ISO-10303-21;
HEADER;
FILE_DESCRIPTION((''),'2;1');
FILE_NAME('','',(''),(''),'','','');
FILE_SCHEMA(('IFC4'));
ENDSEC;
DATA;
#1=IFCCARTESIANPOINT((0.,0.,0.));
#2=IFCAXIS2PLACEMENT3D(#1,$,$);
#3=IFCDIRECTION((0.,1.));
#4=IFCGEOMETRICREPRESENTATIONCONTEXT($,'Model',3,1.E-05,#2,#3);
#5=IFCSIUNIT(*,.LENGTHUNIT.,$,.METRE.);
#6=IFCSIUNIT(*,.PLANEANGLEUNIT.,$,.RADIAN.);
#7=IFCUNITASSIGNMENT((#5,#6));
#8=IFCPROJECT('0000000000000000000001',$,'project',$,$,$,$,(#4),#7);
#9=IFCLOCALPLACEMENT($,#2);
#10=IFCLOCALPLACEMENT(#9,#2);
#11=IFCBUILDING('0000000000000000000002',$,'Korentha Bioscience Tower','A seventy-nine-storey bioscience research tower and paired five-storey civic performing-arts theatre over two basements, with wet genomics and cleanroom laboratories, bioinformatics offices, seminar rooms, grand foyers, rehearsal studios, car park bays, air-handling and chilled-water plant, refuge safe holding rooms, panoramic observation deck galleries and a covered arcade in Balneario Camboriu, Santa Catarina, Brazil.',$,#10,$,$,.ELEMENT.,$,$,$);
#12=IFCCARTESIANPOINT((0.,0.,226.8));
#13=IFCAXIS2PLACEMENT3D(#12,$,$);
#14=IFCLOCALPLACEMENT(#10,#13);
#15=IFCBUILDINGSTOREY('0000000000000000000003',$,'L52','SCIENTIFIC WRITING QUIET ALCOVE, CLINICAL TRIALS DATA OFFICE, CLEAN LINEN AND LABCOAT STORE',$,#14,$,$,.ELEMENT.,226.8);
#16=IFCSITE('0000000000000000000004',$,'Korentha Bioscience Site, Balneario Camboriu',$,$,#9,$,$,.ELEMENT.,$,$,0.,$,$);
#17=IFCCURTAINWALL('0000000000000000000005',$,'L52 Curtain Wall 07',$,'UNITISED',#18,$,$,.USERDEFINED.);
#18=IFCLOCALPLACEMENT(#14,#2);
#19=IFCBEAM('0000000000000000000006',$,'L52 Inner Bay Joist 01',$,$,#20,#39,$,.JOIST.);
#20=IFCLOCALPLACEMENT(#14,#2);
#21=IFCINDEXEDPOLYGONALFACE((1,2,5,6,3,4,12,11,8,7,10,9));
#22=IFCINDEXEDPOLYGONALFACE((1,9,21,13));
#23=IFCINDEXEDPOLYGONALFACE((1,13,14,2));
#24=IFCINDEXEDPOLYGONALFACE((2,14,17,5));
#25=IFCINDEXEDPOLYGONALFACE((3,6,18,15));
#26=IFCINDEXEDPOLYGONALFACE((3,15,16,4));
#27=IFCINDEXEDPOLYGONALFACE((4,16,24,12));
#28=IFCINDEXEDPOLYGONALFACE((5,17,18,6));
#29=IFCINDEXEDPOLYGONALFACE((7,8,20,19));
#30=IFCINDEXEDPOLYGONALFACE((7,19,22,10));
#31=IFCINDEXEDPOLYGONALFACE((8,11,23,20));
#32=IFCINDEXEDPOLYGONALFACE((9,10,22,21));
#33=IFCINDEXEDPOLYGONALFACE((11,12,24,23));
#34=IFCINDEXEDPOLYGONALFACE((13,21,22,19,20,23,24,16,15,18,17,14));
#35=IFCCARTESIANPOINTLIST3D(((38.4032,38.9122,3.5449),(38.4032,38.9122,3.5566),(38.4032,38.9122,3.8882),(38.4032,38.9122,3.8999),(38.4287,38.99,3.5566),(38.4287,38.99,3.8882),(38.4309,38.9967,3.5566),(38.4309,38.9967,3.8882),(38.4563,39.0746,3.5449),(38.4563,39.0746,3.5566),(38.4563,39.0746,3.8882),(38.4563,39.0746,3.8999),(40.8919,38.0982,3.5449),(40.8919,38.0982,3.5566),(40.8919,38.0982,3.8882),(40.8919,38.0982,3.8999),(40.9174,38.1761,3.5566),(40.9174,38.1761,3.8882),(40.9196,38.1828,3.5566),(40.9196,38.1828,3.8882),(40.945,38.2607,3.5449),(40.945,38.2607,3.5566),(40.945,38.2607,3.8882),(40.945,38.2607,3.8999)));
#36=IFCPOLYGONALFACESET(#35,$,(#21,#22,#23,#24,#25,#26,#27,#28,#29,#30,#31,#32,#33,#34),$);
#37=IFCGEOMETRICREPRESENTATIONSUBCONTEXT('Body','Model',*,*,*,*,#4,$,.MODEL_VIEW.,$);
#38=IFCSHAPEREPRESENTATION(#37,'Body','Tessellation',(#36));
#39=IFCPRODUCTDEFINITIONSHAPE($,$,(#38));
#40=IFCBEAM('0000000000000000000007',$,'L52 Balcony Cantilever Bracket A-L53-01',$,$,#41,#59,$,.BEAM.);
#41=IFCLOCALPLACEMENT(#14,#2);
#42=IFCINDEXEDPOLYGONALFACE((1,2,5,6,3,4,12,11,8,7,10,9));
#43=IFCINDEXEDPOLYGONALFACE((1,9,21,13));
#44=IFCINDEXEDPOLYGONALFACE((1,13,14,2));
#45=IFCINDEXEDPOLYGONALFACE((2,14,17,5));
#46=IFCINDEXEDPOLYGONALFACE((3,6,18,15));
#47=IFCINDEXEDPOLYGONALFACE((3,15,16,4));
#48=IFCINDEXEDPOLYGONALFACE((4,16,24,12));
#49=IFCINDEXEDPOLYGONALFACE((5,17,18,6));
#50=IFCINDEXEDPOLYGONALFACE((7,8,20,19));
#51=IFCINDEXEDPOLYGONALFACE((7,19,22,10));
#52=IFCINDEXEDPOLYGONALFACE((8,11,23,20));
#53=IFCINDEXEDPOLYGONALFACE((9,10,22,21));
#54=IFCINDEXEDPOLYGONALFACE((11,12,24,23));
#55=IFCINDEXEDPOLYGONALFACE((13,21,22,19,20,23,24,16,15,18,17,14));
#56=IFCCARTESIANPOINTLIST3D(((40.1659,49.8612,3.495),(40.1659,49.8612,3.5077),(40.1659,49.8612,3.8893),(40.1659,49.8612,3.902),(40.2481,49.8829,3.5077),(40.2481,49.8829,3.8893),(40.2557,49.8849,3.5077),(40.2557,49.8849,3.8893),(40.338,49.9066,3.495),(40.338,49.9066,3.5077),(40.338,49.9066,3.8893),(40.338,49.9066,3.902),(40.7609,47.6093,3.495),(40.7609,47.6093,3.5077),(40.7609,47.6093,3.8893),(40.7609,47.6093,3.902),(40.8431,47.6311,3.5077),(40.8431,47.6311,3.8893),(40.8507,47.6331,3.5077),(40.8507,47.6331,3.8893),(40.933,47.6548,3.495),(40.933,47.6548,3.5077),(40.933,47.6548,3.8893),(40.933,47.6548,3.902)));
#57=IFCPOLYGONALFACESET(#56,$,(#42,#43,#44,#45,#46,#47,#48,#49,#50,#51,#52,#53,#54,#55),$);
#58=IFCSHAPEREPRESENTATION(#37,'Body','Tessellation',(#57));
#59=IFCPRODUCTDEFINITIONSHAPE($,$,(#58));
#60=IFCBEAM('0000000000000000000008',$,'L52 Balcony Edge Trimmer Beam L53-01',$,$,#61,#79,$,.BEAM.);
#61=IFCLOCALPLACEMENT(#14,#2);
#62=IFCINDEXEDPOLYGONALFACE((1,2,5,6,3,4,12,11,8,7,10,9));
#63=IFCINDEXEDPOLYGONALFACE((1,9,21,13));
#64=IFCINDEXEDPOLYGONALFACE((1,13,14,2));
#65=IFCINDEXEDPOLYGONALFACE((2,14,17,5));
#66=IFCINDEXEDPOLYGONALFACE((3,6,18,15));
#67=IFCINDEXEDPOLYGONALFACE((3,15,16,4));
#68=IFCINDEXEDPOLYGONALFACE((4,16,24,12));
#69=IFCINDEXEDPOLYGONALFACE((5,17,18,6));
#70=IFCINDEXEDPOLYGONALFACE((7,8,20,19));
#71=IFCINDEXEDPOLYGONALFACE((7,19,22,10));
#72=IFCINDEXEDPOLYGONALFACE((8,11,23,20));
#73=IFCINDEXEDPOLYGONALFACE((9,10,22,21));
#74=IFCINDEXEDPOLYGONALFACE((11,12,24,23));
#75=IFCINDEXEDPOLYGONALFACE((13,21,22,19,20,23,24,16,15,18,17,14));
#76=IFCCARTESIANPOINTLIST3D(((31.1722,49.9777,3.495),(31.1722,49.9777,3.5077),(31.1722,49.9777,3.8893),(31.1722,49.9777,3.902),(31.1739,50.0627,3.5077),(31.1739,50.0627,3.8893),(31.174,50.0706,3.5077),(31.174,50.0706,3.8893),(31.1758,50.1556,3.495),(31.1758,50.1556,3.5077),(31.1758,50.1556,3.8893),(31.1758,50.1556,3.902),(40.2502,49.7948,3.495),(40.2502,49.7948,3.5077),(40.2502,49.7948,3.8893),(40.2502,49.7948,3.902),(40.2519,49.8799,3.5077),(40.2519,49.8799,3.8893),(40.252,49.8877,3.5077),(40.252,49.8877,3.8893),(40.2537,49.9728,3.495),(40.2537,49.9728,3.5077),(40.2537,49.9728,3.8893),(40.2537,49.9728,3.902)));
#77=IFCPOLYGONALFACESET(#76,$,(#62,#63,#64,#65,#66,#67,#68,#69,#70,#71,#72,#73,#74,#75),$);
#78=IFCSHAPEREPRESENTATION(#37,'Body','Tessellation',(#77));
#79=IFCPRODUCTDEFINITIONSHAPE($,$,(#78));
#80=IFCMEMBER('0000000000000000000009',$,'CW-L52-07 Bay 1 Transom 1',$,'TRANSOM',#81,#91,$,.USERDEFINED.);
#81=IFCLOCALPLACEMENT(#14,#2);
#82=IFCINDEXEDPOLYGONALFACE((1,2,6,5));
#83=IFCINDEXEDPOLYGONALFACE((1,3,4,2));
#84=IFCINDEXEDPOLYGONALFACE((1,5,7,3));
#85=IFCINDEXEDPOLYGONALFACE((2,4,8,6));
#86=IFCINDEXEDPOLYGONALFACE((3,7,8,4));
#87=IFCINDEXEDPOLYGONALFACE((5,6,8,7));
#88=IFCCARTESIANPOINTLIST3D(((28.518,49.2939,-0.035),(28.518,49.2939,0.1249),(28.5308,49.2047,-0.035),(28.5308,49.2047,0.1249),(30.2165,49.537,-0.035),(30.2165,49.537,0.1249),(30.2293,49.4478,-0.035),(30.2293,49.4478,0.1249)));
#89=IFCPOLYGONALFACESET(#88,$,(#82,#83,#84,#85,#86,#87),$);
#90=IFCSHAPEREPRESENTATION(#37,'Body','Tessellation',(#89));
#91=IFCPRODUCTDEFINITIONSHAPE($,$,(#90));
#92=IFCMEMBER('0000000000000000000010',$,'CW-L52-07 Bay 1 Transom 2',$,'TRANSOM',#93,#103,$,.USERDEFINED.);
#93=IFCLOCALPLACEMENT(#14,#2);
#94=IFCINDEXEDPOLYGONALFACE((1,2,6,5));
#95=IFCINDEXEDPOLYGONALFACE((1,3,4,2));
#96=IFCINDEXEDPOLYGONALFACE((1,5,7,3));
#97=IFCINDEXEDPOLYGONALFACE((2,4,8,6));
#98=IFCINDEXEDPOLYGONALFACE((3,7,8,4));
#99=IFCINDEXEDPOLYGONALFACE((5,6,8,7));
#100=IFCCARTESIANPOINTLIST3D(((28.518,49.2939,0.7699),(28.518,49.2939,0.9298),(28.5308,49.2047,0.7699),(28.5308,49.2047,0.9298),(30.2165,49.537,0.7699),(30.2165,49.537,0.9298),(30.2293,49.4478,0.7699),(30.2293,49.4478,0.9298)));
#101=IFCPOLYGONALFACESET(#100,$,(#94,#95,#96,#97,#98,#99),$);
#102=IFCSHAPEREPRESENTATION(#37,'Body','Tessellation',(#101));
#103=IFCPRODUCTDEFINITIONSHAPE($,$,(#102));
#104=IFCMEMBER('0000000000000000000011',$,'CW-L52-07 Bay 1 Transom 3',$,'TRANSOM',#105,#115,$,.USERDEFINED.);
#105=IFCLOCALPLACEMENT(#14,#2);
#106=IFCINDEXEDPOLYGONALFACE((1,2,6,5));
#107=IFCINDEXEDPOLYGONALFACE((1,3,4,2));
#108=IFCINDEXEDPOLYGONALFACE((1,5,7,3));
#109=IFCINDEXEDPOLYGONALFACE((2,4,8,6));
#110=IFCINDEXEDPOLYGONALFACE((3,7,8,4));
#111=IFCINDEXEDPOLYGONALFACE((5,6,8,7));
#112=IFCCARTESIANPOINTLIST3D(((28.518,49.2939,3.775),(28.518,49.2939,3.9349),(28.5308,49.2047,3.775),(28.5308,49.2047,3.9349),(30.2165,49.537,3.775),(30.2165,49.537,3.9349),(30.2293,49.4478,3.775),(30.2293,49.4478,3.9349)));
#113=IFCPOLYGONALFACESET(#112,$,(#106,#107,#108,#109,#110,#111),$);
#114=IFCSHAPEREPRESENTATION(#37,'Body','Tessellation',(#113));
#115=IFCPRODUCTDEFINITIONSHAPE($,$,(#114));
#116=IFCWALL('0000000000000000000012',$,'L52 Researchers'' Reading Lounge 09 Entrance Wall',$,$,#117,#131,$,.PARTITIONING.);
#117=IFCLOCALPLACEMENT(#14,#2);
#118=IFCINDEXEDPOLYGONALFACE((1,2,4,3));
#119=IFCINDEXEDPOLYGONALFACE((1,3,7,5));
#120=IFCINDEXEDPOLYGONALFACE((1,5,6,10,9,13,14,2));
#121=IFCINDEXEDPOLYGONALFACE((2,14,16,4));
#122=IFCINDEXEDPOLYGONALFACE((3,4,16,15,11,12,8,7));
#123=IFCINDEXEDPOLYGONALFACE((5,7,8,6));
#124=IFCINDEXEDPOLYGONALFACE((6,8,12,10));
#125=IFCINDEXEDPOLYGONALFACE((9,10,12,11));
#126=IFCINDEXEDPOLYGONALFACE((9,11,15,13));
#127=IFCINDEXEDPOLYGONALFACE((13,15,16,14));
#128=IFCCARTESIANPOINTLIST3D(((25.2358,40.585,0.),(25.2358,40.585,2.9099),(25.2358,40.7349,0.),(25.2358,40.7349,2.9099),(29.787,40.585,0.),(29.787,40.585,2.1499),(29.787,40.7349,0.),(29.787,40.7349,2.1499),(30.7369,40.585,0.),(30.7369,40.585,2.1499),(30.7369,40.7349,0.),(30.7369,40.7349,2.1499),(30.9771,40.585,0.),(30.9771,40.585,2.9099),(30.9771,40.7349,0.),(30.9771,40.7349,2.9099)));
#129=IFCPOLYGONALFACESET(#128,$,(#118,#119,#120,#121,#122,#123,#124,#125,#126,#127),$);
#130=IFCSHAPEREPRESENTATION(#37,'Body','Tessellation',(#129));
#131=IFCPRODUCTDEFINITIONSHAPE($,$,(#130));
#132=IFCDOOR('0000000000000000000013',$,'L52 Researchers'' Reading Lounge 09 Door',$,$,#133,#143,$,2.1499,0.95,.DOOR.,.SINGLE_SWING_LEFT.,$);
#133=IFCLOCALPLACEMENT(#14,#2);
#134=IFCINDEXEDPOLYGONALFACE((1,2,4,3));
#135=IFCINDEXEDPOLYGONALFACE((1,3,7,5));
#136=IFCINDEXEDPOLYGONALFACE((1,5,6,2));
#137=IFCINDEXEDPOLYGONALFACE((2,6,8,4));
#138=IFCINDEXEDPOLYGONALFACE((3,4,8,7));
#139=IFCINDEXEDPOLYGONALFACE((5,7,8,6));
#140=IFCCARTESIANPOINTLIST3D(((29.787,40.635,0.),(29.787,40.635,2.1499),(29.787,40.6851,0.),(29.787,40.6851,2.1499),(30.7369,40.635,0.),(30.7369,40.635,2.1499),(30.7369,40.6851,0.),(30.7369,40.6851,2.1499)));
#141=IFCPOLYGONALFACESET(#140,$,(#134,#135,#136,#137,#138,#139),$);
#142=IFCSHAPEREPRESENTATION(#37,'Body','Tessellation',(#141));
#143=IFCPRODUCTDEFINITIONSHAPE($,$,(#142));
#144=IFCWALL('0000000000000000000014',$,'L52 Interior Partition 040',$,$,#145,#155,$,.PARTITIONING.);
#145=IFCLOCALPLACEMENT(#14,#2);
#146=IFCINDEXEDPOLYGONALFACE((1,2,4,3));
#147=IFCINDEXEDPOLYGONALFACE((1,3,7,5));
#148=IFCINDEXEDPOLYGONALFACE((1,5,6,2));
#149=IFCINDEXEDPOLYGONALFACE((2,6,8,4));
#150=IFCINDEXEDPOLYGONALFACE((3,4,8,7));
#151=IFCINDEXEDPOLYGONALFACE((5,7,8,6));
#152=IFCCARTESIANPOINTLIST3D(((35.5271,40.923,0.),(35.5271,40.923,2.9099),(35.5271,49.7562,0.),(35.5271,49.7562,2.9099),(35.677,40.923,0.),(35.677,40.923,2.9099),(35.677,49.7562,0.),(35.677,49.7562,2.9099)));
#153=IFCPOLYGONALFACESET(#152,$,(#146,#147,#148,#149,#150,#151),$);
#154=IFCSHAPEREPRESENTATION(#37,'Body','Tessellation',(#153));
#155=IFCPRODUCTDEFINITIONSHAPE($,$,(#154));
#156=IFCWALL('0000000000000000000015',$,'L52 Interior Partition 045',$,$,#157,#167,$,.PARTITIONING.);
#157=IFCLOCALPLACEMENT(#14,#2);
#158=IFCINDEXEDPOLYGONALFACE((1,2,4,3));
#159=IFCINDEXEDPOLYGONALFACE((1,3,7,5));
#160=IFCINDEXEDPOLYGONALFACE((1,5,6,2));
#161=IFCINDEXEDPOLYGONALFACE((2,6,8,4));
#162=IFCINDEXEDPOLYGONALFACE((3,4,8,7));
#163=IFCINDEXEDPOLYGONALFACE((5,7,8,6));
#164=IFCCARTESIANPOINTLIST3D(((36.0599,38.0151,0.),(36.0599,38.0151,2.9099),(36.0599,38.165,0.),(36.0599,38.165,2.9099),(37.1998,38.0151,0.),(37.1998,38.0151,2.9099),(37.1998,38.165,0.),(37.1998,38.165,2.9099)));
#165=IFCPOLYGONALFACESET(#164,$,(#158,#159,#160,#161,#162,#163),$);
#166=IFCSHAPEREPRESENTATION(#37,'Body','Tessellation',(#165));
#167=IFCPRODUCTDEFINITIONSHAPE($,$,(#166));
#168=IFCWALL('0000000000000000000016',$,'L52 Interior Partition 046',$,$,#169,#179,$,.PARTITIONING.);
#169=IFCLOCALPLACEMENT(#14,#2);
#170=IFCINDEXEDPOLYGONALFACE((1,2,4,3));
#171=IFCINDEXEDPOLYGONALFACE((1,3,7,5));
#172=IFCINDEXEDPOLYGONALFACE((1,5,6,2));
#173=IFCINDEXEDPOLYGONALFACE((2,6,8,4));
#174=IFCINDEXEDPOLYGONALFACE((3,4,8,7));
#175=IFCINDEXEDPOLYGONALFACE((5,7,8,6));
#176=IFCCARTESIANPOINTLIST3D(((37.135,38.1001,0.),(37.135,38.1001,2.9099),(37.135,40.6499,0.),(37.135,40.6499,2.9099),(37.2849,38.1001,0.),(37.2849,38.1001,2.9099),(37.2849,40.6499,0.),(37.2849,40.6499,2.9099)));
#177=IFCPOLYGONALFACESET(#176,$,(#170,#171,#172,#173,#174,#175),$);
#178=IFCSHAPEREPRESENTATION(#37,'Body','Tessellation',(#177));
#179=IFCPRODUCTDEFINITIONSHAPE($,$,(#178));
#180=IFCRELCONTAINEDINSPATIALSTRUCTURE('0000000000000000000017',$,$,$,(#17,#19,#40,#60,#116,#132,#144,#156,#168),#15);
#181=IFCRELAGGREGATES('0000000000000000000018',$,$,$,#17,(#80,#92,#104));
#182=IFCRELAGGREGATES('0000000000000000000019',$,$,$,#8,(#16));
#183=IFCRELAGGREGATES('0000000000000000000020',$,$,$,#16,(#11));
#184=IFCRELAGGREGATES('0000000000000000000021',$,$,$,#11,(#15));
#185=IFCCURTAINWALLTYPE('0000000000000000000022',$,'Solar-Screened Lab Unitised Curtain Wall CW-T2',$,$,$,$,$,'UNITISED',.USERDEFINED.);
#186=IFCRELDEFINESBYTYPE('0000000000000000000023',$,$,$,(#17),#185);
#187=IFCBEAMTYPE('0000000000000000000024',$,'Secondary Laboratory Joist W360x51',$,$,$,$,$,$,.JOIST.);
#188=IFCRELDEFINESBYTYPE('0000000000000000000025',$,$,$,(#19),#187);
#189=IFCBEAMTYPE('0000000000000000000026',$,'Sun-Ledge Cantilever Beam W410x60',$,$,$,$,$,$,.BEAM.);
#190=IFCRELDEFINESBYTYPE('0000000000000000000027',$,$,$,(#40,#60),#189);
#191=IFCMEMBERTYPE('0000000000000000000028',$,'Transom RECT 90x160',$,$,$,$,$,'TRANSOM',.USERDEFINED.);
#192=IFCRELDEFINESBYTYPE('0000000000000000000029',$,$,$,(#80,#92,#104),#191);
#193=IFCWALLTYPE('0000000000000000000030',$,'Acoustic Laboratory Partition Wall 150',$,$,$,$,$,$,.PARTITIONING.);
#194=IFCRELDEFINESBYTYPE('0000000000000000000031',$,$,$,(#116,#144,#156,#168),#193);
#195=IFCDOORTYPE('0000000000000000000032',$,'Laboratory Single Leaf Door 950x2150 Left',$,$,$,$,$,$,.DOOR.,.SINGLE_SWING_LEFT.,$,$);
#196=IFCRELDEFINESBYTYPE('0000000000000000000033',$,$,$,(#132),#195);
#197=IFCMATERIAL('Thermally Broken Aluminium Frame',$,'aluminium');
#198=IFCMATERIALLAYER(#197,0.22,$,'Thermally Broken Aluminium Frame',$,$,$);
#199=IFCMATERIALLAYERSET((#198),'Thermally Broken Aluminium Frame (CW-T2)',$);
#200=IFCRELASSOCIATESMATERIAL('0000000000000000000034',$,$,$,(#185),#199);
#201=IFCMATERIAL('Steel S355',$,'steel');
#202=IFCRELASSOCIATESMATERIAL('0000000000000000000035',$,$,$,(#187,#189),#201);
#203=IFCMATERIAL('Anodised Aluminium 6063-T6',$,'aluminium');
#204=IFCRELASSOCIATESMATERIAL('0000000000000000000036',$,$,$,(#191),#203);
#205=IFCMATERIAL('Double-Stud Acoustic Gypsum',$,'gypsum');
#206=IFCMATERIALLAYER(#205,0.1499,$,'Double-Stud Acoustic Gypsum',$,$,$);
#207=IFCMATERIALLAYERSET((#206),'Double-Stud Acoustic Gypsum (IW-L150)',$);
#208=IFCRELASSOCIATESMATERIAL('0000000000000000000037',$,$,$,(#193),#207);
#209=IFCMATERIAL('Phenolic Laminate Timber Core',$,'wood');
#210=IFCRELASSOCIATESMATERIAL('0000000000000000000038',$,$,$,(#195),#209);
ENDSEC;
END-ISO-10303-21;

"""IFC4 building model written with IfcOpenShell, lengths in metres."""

from ifc_helpers import new_model, si_unit, direction, frame, frame_2d, origin, origin_2d, place, context, subcontext, project, spatial, rectangle, i_section, extrude, material, layer, layer_set, material_profile, profile_set, type_object, element, fill, aggregate, save


model = new_model("IFC4")

# Units and contexts
model_context = context("Model", 3, precision=1e-05, world=origin(), true_north=direction((0.0, 1.0)))
body_context = subcontext(model_context, "Body", "Model", "MODEL_VIEW")
ifc_project = project(units=[si_unit("LENGTHUNIT", "METRE"), si_unit("PLANEANGLEUNIT", "RADIAN")], contexts=[model_context])

# Site, building, storey
site_placement = place(None, origin())
site = spatial("IfcSite", under=ifc_project, at=site_placement, Name="Korentha Bioscience Site, Balneario Camboriu", CompositionType="ELEMENT", RefElevation=0.0)
building_placement = place(site_placement, origin())
building = spatial("IfcBuilding", under=site, at=building_placement, Name="Korentha Bioscience Tower", Description="A seventy-nine-storey bioscience research tower and paired five-storey civic performing-arts theatre over two basements, with wet genomics and cleanroom laboratories, bioinformatics offices, seminar rooms, grand foyers, rehearsal studios, car park bays, air-handling and chilled-water plant, refuge safe holding rooms, panoramic observation deck galleries and a covered arcade in Balneario Camboriu, Santa Catarina, Brazil.", CompositionType="ELEMENT")
storey_placement = place(building_placement, frame((0.0, 0.0, 226.8)))
storey = spatial("IfcBuildingStorey", under=building, at=storey_placement, Name="L52", Description="SCIENTIFIC WRITING QUIET ALCOVE, CLINICAL TRIALS DATA OFFICE, CLEAN LINEN AND LABCOAT STORE", CompositionType="ELEMENT", Elevation=226.8)

# Shared definitions
ifc_material_1 = material(Name="Steel S355", Category="steel")

# Curtain wall
ifc_material_2 = material(Name="Thermally Broken Aluminium Frame", Category="aluminium")
ifc_layer_1 = layer(ifc_material_2, 0.22, Name="Thermally Broken Aluminium Frame")
ifc_layer_set_1 = layer_set([ifc_layer_1], Name="Thermally Broken Aluminium Frame (CW-T2)")
curtain_wall_type = type_object("IfcCurtainWallType", Name="Solar-Screened Lab Unitised Curtain Wall CW-T2", ElementType="UNITISED", PredefinedType="USERDEFINED", material=ifc_layer_set_1)
curtain_wall_placement = place(storey_placement, origin())
curtain_wall = element("IfcCurtainWall", 1, at=curtain_wall_placement, inside=storey, type_object=curtain_wall_type, Name="L52 Curtain Wall 07", ObjectType="UNITISED", PredefinedType="USERDEFINED")
ifc_material_3 = material(Name="Anodised Aluminium 6063-T6", Category="aluminium")

# Beams
ifc_material_profile_1 = material_profile(ifc_material_1, i_section(OverallWidth=0.1709, OverallDepth=0.355, WebThickness=0.0071, FlangeThickness=0.0117, at=origin_2d()), Name="Steel S355")
ifc_profile_set_1 = profile_set([ifc_material_profile_1], Name="Steel S355 (JB-360)")
beam_type_1 = type_object("IfcBeamType", Name="Secondary Laboratory Joist W360x51", PredefinedType="JOIST", material=ifc_profile_set_1)
beam_1_placement = place(storey_placement, frame((40.9185, 38.1794, 3.7224), z_axis=(-0.950458, 0.310852, 0.0), x_axis=(-0.310852, -0.950458, 0.0)))
element("IfcBeam", 2, at=beam_1_placement, inside=storey, type_object=beam_type_1, Name="L52 Inner Bay Joist 01", PredefinedType="JOIST", context=body_context, shape_type="SweptSolid", body=[
    extrude(i_section(OverallWidth=0.1709, OverallDepth=0.355, WebThickness=0.0071, FlangeThickness=0.0117, at=origin_2d()), origin(), (0.0, 0.0, 1.0), 2.6184),
])
ifc_material_profile_2 = material_profile(ifc_material_1, i_section(OverallWidth=0.178, OverallDepth=0.407, WebThickness=0.0078, FlangeThickness=0.0127, at=origin_2d()), Name="Steel S355")
ifc_profile_set_2 = profile_set([ifc_material_profile_2], Name="Steel S355 (CB-410)")
beam_type_2 = type_object("IfcBeamType", Name="Sun-Ledge Cantilever Beam W410x60", PredefinedType="BEAM", material=ifc_profile_set_2)
beam_2_placement = place(storey_placement, frame((40.8469, 47.6321, 3.6985), z_axis=(-0.255463, 0.966819, 0.0), x_axis=(-0.966819, -0.255463, 0.0)))
element("IfcBeam", 3, at=beam_2_placement, inside=storey, type_object=beam_type_2, Name="L52 Balcony Cantilever Bracket A-L53-01", PredefinedType="BEAM", context=body_context, shape_type="SweptSolid", body=[
    extrude(i_section(OverallWidth=0.178, OverallDepth=0.407, WebThickness=0.0078, FlangeThickness=0.0127, at=origin_2d()), origin(), (0.0, 0.0, 1.0), 2.3291),
])
beam_3_placement = place(storey_placement, frame((40.252, 49.8838, 3.6985), z_axis=(-0.999797, 0.02014, 0.0), x_axis=(-0.02014, -0.999797, 0.0)))
element("IfcBeam", 4, at=beam_3_placement, inside=storey, type_object=beam_type_2, Name="L52 Balcony Edge Trimmer Beam L53-01", PredefinedType="BEAM", context=body_context, shape_type="SweptSolid", body=[
    extrude(i_section(OverallWidth=0.178, OverallDepth=0.407, WebThickness=0.0078, FlangeThickness=0.0127, at=origin_2d()), origin(), (0.0, 0.0, 1.0), 9.0798),
])

# Members
ifc_material_profile_3 = material_profile(ifc_material_3, rectangle(XDim=0.0901, YDim=0.1599, at=origin_2d()), Name="Anodised Aluminium 6063-T6")
ifc_profile_set_3 = profile_set([ifc_material_profile_3], Name="Anodised Aluminium 6063-T6 (CW-TRN)")
member_type_1 = type_object("IfcMemberType", Name="Transom RECT 90x160", ElementType="TRANSOM", PredefinedType="USERDEFINED", material=ifc_profile_set_3)
member_1_placement = place(storey_placement, frame((30.2229, 49.4924, 0.0449), z_axis=(-0.989907, -0.14172, 0.0), x_axis=(0.14172, -0.989907, 0.0)))
member_1 = element("IfcMember", 5, at=member_1_placement, type_object=member_type_1, Name="CW-L52-07 Bay 1 Transom 1", ObjectType="TRANSOM", PredefinedType="USERDEFINED", context=body_context, shape_type="SweptSolid", body=[
    extrude(rectangle(XDim=0.0901, YDim=0.1599, at=origin_2d()), origin(), (0.0, 0.0, 1.0), 1.7158),
])
member_2_placement = place(storey_placement, frame((30.2229, 49.4924, 0.8499), z_axis=(-0.989907, -0.14172, 0.0), x_axis=(0.14172, -0.989907, 0.0)))
member_2 = element("IfcMember", 6, at=member_2_placement, type_object=member_type_1, Name="CW-L52-07 Bay 1 Transom 2", ObjectType="TRANSOM", PredefinedType="USERDEFINED", context=body_context, shape_type="SweptSolid", body=[
    extrude(rectangle(XDim=0.0901, YDim=0.1599, at=origin_2d()), origin(), (0.0, 0.0, 1.0), 1.7158),
])
member_3_placement = place(storey_placement, frame((30.2229, 49.4924, 3.855), z_axis=(-0.989907, -0.14172, 0.0), x_axis=(0.14172, -0.989907, 0.0)))
member_3 = element("IfcMember", 7, at=member_3_placement, type_object=member_type_1, Name="CW-L52-07 Bay 1 Transom 3", ObjectType="TRANSOM", PredefinedType="USERDEFINED", context=body_context, shape_type="SweptSolid", body=[
    extrude(rectangle(XDim=0.0901, YDim=0.1599, at=origin_2d()), origin(), (0.0, 0.0, 1.0), 1.7158),
])
aggregate(curtain_wall, [member_1, member_2, member_3])

# Wall, opening, door
ifc_material_4 = material(Name="Double-Stud Acoustic Gypsum", Category="gypsum")
ifc_layer_2 = layer(ifc_material_4, 0.1499, Name="Double-Stud Acoustic Gypsum")
ifc_layer_set_2 = layer_set([ifc_layer_2], Name="Double-Stud Acoustic Gypsum (IW-L150)")
wall_type_1 = type_object("IfcWallType", Name="Acoustic Laboratory Partition Wall 150", PredefinedType="PARTITIONING", material=ifc_layer_set_2)
ifc_material_5 = material(Name="Phenolic Laminate Timber Core", Category="wood")
door_type_1 = type_object("IfcDoorType", Name="Laboratory Single Leaf Door 950x2150 Left", OperationType="SINGLE_SWING_LEFT", PredefinedType="DOOR", material=ifc_material_5)
wall_1_placement = place(storey_placement, frame((30.9771, 40.6599, 0.0), z_axis=(0.0, 0.0, 1.0), x_axis=(-1.0, 0.0, 0.0)))
wall_1 = element("IfcWall", 8, at=wall_1_placement, inside=storey, type_object=wall_type_1, Name="L52 Researchers' Reading Lounge 09 Entrance Wall", PredefinedType="PARTITIONING", context=body_context, shape_type="SweptSolid", body=[
    extrude(rectangle(XDim=5.7412, YDim=0.1499, at=frame_2d((2.8706, 0.0))), origin(), (0.0, 0.0, 1.0), 2.9099),
])
opening_1_placement = place(wall_1_placement, frame((0.24, 0.0, 0.0)))
opening_1 = element("IfcOpeningElement", 9, at=opening_1_placement, cuts=wall_1, PredefinedType="OPENING", context=body_context, shape_type="SweptSolid", body=[
    extrude(rectangle(XDim=0.95, YDim=2.1499, at=frame_2d((0.4751, 1.075))), frame((0.0, 0.0898, 0.0), z_axis=(0.0, -1.0, 0.0), x_axis=(1.0, 0.0, 0.0)), (0.0, 0.0, 1.0), 0.1797),
])
door_1_placement = place(opening_1_placement, origin())
door_1 = element("IfcDoor", 10, at=door_1_placement, inside=storey, type_object=door_type_1, Name="L52 Researchers' Reading Lounge 09 Door", OperationType="SINGLE_SWING_LEFT", OverallHeight=2.1499, OverallWidth=0.95, PredefinedType="DOOR", context=body_context, shape_type="SweptSolid", body=[
    extrude(rectangle(XDim=0.95, YDim=2.1499, at=frame_2d((0.4751, 1.075))), frame((0.0, 0.0249, 0.0), z_axis=(0.0, -1.0, 0.0), x_axis=(1.0, 0.0, 0.0)), (0.0, 0.0, 1.0), 0.05),
])
fill(opening_1, door_1)

# Walls
wall_2_placement = place(storey_placement, frame((35.6021, 40.9231, 0.0), z_axis=(0.0, 0.0, 1.0), x_axis=(0.0, 1.0, 0.0)))
element("IfcWall", 11, at=wall_2_placement, inside=storey, type_object=wall_type_1, Name="L52 Interior Partition 040", PredefinedType="PARTITIONING", context=body_context, shape_type="SweptSolid", body=[
    extrude(rectangle(XDim=8.8333, YDim=0.1499, at=frame_2d((4.4165, 0.0))), origin(), (0.0, 0.0, 1.0), 2.9099),
])
wall_3_placement = place(storey_placement, frame((36.0601, 38.0901, 0.0), z_axis=(0.0, 0.0, 1.0), x_axis=(1.0, 0.0, 0.0)))
element("IfcWall", 12, at=wall_3_placement, inside=storey, type_object=wall_type_1, Name="L52 Interior Partition 045", PredefinedType="PARTITIONING", context=body_context, shape_type="SweptSolid", body=[
    extrude(rectangle(XDim=1.1399, YDim=0.1499, at=frame_2d((0.5698, 0.0))), origin(), (0.0, 0.0, 1.0), 2.9099),
])
wall_4_placement = place(storey_placement, frame((37.21, 38.1001, 0.0), z_axis=(0.0, 0.0, 1.0), x_axis=(0.0, 1.0, 0.0)))
element("IfcWall", 13, at=wall_4_placement, inside=storey, type_object=wall_type_1, Name="L52 Interior Partition 046", PredefinedType="PARTITIONING", context=body_context, shape_type="SweptSolid", body=[
    extrude(rectangle(XDim=2.5498, YDim=0.1499, at=frame_2d((1.2749, 0.0))), origin(), (0.0, 0.0, 1.0), 2.9099),
])

save(model, "model.ifc")
